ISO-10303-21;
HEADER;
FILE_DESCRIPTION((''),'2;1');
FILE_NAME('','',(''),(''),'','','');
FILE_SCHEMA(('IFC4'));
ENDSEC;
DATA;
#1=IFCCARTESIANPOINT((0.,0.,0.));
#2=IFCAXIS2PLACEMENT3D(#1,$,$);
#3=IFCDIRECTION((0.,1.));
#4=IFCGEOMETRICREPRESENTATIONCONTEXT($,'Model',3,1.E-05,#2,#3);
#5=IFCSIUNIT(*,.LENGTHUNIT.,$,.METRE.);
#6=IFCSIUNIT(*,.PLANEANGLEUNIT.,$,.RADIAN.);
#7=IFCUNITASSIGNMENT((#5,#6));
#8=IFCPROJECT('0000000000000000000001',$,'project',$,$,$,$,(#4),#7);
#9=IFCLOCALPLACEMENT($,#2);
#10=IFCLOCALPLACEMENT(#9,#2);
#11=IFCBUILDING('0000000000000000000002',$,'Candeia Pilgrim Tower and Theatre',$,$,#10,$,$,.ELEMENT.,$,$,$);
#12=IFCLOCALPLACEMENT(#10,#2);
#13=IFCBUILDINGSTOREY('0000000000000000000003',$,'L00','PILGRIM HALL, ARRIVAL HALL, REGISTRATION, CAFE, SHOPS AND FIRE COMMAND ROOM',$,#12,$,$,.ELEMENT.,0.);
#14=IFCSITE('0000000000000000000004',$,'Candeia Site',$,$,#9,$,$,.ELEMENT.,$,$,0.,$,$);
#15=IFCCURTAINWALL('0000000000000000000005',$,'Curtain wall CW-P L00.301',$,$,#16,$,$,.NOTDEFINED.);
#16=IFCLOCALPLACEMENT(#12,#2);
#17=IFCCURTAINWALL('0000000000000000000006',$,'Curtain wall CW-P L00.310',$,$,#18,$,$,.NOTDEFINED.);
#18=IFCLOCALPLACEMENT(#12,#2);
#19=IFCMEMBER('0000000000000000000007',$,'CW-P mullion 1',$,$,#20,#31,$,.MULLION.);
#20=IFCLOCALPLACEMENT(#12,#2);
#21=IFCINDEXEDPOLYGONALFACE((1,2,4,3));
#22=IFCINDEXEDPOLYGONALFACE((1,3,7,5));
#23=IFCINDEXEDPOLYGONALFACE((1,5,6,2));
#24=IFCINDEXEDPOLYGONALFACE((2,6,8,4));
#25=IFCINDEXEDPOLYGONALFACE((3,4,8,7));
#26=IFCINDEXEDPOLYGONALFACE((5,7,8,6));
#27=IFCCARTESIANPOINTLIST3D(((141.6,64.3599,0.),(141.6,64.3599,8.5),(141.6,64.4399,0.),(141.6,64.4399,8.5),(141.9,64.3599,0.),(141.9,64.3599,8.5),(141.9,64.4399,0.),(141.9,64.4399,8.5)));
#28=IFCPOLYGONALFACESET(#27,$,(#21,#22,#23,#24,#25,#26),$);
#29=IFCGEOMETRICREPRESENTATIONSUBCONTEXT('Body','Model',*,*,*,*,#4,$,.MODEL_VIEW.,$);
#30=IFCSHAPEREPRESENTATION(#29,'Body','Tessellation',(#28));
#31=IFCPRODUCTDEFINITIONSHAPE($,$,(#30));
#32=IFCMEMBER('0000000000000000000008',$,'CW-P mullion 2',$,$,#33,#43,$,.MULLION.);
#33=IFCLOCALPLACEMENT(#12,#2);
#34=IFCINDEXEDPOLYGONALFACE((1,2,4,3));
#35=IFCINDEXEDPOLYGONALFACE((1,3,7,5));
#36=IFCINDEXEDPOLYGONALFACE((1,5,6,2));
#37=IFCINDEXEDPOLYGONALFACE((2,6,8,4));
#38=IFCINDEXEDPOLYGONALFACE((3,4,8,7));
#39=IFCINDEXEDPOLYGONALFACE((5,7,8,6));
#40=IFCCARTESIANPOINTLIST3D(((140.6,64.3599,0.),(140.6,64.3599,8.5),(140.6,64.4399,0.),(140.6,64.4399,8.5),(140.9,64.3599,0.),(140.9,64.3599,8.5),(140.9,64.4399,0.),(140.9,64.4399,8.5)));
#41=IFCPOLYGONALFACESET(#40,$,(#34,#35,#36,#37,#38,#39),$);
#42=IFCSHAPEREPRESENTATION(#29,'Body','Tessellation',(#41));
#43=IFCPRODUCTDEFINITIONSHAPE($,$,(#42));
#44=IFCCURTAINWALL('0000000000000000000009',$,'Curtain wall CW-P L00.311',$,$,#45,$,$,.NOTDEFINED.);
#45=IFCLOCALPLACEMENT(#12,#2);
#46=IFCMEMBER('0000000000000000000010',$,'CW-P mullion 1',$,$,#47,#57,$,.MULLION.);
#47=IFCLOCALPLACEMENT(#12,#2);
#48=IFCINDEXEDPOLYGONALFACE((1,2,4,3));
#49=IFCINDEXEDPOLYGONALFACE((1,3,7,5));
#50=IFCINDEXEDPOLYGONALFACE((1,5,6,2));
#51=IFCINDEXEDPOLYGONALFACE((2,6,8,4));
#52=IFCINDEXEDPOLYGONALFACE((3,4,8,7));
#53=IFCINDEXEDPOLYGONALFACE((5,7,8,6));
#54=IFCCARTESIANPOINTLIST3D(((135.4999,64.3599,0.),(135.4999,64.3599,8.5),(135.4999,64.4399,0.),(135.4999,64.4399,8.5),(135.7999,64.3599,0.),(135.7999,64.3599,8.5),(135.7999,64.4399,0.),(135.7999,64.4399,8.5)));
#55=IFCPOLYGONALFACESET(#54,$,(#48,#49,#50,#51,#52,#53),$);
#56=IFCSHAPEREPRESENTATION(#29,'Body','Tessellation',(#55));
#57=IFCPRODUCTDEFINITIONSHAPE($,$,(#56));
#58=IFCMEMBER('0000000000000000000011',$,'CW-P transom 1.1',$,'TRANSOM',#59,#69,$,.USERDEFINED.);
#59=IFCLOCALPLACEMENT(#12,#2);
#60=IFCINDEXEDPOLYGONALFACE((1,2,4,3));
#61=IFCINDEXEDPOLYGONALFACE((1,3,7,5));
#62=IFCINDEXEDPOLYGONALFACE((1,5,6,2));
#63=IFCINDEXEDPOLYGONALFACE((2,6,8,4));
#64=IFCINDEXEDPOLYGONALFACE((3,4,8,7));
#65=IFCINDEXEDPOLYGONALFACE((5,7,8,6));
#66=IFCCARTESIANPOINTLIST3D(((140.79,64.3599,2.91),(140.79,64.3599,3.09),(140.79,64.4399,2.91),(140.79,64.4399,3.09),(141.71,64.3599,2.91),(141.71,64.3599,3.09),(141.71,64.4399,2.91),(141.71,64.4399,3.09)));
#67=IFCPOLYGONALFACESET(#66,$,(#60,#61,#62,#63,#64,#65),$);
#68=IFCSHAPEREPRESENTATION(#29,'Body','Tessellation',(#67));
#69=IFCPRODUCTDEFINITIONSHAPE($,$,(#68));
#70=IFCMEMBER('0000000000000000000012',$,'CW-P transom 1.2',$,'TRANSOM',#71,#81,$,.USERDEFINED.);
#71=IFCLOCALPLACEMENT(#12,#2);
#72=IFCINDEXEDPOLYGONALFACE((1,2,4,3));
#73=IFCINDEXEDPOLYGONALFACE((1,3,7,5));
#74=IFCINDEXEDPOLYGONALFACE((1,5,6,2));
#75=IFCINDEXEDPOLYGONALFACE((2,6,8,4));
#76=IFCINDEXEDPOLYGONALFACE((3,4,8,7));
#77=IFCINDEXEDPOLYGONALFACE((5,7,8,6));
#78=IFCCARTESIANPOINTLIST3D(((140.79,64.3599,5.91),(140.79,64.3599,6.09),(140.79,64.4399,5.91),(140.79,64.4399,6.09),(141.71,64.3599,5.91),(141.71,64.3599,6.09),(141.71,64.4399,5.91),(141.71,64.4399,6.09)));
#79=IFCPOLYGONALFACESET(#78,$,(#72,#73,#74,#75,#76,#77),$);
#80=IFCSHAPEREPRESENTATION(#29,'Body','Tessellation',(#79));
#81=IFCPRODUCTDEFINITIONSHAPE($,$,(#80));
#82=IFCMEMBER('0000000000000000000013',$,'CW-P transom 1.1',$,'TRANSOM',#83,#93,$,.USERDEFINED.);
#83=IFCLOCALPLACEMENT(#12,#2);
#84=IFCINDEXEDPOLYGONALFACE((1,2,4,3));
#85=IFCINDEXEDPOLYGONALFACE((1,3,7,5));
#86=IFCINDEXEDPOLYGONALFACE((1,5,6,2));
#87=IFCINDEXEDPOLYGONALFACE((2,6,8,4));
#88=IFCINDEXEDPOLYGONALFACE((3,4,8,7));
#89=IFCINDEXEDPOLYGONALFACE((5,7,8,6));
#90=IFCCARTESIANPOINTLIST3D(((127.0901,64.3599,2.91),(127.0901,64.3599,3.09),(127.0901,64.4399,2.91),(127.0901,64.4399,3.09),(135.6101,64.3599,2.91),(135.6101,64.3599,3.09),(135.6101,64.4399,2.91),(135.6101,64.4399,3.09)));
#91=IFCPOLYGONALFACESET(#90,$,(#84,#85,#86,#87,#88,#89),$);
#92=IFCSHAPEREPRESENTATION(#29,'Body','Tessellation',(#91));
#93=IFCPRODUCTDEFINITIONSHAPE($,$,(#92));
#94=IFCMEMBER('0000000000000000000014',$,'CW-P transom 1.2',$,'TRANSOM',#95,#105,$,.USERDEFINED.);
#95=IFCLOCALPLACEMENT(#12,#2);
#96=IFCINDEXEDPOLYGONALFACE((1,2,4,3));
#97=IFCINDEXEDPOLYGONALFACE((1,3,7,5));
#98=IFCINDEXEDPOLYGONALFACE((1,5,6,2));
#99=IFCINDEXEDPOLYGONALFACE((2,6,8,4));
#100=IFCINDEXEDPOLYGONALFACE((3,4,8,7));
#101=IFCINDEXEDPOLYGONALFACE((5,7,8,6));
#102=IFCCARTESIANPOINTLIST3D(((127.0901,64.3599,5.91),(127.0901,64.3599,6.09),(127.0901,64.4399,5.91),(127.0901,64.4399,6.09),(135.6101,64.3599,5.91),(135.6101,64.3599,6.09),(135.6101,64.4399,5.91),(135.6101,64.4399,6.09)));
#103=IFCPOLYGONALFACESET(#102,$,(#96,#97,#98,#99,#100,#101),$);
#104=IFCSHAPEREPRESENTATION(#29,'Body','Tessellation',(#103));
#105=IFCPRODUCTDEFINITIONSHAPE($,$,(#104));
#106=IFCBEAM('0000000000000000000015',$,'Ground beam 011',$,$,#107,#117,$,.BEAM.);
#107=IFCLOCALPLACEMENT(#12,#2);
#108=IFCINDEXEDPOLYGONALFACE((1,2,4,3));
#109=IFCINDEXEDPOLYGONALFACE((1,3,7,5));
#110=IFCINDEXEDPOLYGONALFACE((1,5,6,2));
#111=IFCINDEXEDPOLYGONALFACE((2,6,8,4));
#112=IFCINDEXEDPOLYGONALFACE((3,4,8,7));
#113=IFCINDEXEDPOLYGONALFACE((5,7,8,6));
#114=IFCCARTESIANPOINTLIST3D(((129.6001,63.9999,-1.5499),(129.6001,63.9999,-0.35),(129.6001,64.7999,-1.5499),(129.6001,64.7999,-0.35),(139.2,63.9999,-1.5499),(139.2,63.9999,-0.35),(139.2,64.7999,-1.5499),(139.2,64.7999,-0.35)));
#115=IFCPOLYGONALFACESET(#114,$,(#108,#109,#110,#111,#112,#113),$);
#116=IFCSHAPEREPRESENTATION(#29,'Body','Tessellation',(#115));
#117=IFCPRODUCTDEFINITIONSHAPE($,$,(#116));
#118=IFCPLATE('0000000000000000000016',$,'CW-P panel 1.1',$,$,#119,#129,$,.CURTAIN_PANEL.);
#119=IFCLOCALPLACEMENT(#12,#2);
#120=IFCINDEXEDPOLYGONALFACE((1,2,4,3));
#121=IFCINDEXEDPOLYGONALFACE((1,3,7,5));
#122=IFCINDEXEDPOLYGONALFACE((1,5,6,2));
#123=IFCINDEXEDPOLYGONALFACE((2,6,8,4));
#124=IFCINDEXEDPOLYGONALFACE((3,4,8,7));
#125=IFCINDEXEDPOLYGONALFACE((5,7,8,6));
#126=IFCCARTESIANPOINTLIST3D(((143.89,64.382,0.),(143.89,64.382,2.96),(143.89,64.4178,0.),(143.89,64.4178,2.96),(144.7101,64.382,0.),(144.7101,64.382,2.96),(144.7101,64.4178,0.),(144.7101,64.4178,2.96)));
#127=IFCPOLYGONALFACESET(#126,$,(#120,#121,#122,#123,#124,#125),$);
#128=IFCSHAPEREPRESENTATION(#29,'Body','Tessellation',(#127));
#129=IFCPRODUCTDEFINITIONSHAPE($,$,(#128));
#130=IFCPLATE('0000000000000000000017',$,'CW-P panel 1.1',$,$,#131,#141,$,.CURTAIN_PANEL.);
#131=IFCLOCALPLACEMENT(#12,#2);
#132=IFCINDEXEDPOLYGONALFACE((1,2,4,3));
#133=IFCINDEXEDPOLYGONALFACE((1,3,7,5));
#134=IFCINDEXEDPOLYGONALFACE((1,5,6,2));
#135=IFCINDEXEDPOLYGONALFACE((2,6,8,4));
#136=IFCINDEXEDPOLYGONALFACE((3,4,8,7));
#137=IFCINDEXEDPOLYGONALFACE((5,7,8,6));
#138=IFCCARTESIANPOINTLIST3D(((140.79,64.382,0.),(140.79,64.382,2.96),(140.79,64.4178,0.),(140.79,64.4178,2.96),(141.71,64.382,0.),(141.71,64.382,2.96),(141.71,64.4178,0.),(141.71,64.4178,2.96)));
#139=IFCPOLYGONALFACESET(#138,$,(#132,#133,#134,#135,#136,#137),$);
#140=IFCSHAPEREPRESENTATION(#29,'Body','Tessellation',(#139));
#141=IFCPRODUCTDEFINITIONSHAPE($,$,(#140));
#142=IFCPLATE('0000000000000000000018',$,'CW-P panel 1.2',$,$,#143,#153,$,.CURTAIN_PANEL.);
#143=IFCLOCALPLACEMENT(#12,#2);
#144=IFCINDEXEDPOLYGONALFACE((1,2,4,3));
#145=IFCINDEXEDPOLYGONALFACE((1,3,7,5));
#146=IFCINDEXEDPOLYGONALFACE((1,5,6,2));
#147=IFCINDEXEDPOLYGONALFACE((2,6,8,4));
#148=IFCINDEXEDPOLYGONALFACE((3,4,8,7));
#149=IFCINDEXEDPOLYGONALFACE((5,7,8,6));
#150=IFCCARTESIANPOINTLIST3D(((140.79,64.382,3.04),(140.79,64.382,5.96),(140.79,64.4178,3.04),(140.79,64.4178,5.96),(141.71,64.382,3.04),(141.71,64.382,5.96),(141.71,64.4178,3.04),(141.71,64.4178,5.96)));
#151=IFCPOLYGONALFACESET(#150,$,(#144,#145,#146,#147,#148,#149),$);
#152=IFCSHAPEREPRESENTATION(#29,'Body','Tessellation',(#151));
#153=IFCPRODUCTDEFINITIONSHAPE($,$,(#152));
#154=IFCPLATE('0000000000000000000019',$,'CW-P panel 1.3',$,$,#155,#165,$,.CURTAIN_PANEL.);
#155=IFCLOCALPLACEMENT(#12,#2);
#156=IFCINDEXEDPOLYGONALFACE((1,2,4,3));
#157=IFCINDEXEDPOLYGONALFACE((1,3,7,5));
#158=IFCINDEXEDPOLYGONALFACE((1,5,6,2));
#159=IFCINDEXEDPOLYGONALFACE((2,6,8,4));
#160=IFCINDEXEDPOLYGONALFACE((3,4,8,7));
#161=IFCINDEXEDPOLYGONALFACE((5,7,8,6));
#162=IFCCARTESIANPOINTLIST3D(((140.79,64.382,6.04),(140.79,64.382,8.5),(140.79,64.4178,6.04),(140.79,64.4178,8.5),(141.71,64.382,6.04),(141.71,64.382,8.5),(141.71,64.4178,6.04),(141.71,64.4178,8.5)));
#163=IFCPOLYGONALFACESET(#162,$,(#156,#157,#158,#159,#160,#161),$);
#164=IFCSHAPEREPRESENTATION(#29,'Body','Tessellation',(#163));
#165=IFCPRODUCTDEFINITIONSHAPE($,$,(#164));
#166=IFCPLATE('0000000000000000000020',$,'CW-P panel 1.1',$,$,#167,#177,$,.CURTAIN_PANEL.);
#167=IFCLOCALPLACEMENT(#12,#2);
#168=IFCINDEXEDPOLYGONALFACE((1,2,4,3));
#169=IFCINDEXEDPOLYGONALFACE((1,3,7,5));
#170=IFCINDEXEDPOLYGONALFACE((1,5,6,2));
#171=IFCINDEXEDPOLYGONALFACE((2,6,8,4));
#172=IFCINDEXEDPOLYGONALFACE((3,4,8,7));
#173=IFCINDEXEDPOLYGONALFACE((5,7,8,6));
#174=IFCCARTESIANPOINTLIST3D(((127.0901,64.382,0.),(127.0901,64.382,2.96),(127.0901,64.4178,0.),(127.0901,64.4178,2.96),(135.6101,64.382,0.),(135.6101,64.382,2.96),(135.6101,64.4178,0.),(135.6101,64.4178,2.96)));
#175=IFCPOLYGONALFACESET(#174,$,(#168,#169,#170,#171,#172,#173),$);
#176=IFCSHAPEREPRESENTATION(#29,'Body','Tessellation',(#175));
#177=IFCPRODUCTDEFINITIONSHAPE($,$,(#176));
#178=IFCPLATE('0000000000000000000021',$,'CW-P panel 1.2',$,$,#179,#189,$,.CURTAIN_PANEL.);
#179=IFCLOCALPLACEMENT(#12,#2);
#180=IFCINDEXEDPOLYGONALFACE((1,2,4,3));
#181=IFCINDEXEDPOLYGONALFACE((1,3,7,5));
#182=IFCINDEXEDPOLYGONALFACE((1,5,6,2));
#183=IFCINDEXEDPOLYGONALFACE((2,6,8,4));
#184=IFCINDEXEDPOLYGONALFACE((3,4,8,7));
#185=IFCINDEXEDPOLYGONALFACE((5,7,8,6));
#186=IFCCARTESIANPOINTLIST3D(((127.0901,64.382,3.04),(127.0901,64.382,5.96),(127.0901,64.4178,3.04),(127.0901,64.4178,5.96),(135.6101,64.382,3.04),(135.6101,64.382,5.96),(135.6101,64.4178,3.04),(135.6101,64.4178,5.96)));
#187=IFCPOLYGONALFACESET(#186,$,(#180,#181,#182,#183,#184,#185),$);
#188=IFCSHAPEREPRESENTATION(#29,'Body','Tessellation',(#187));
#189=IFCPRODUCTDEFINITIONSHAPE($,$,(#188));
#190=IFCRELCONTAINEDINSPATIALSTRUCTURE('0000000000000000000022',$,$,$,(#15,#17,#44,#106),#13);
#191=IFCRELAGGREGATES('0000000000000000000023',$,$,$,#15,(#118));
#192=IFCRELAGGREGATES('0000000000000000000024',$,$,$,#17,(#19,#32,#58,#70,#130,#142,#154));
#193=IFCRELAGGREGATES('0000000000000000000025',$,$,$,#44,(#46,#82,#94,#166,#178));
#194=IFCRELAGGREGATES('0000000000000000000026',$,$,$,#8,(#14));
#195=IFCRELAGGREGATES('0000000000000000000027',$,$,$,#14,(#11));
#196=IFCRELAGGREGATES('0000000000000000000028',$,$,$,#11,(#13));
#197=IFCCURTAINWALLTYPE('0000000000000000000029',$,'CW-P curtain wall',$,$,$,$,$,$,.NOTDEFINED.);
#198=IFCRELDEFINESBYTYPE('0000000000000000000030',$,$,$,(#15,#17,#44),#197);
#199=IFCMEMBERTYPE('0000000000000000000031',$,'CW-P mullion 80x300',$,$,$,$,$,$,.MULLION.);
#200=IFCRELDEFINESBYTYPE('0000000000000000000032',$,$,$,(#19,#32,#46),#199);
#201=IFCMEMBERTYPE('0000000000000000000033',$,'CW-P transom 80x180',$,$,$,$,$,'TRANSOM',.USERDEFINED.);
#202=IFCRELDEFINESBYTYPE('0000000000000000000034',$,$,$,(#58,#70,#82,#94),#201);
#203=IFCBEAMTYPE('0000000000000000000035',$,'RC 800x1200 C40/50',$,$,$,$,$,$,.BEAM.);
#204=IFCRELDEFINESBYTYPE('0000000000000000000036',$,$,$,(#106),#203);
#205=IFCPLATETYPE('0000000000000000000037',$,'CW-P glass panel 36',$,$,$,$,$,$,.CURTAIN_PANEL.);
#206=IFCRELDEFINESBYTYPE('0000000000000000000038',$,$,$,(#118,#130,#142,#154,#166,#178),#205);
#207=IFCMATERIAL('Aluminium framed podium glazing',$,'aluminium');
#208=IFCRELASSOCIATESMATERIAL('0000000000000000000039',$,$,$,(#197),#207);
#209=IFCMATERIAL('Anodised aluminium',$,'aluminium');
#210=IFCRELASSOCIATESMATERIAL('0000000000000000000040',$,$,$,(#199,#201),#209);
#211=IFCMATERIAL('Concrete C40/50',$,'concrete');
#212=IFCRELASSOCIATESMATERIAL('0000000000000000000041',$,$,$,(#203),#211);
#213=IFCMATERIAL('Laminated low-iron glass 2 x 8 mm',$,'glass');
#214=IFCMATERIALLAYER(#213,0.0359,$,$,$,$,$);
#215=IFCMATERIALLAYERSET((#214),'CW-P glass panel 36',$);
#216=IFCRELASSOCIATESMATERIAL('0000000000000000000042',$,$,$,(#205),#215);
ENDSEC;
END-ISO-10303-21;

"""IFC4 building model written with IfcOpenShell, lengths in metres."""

from ifc_helpers import new_model, si_unit, direction, frame, origin, origin_2d, place, context, subcontext, project, spatial, rectangle, extrude, material, layer, layer_set, material_profile, profile_set, type_object, element, aggregate, save


model = new_model("IFC4")

# Units and contexts
model_context = context("Model", 3, precision=1e-05, world=origin(), true_north=direction((0.0, 1.0)))
body_context = subcontext(model_context, "Body", "Model", "MODEL_VIEW")
ifc_project = project(units=[si_unit("LENGTHUNIT", "METRE"), si_unit("PLANEANGLEUNIT", "RADIAN")], contexts=[model_context])

# Site, building, storey
site_placement = place(None, origin())
site = spatial("IfcSite", under=ifc_project, at=site_placement, Name="Candeia Site", CompositionType="ELEMENT", RefElevation=0.0)
building_placement = place(site_placement, origin())
building = spatial("IfcBuilding", under=site, at=building_placement, Name="Candeia Pilgrim Tower and Theatre", CompositionType="ELEMENT")
storey_placement = place(building_placement, origin())
storey = spatial("IfcBuildingStorey", under=building, at=storey_placement, Name="L00", Description="PILGRIM HALL, ARRIVAL HALL, REGISTRATION, CAFE, SHOPS AND FIRE COMMAND ROOM", CompositionType="ELEMENT", Elevation=0.0)

# Shared definitions
ifc_material_1 = material(Name="Concrete C40/50", Category="concrete")

# Curtain wall
ifc_material_2 = material(Name="Aluminium framed podium glazing", Category="aluminium")
curtain_wall_type = type_object("IfcCurtainWallType", Name="CW-P curtain wall", PredefinedType="NOTDEFINED", material=ifc_material_2)
curtain_wall_1_placement = place(storey_placement, origin())
curtain_wall_1 = element("IfcCurtainWall", 1, at=curtain_wall_1_placement, inside=storey, type_object=curtain_wall_type, Name="Curtain wall CW-P L00.301", PredefinedType="NOTDEFINED")
ifc_material_3 = material(Name="Anodised aluminium", Category="aluminium")
ifc_material_profile_1 = material_profile(ifc_material_3, rectangle(XDim=0.0801, YDim=0.3, at=origin_2d()))
ifc_profile_set_1 = profile_set([ifc_material_profile_1], Name="Anodised aluminium")
member_type_1 = type_object("IfcMemberType", Name="CW-P mullion 80x300", PredefinedType="MULLION", material=ifc_profile_set_1)

# Curtain wall, members
curtain_wall_2_placement = place(storey_placement, origin())
curtain_wall_2 = element("IfcCurtainWall", 2, at=curtain_wall_2_placement, inside=storey, type_object=curtain_wall_type, Name="Curtain wall CW-P L00.310", PredefinedType="NOTDEFINED")
member_1_placement = place(storey_placement, frame((141.75, 64.3999, 0.0), z_axis=(0.0, 0.0, 1.0), x_axis=(0.0, -1.0, 0.0)))
member_1 = element("IfcMember", 3, at=member_1_placement, type_object=member_type_1, Name="CW-P mullion 1", PredefinedType="MULLION", context=body_context, shape_type="SweptSolid", body=[
    extrude(rectangle(XDim=0.0801, YDim=0.3, at=origin_2d()), origin(), (0.0, 0.0, 1.0), 8.5),
])
member_2_placement = place(storey_placement, frame((140.75, 64.3999, 0.0), z_axis=(0.0, 0.0, 1.0), x_axis=(0.0, -1.0, 0.0)))
member_2 = element("IfcMember", 4, at=member_2_placement, type_object=member_type_1, Name="CW-P mullion 2", PredefinedType="MULLION", context=body_context, shape_type="SweptSolid", body=[
    extrude(rectangle(XDim=0.0801, YDim=0.3, at=origin_2d()), origin(), (0.0, 0.0, 1.0), 8.5),
])

# Curtain wall, member
curtain_wall_3_placement = place(storey_placement, origin())
curtain_wall_3 = element("IfcCurtainWall", 5, at=curtain_wall_3_placement, inside=storey, type_object=curtain_wall_type, Name="Curtain wall CW-P L00.311", PredefinedType="NOTDEFINED")
member_3_placement = place(storey_placement, frame((135.6499, 64.3999, 0.0), z_axis=(0.0, 0.0, 1.0), x_axis=(0.0, -1.0, 0.0)))
member_3 = element("IfcMember", 6, at=member_3_placement, type_object=member_type_1, Name="CW-P mullion 1", PredefinedType="MULLION", context=body_context, shape_type="SweptSolid", body=[
    extrude(rectangle(XDim=0.0801, YDim=0.3, at=origin_2d()), origin(), (0.0, 0.0, 1.0), 8.5),
])

# Members
ifc_material_profile_2 = material_profile(ifc_material_3, rectangle(XDim=0.0801, YDim=0.1799, at=origin_2d()))
ifc_profile_set_2 = profile_set([ifc_material_profile_2], Name="Anodised aluminium")
member_type_2 = type_object("IfcMemberType", Name="CW-P transom 80x180", ElementType="TRANSOM", PredefinedType="USERDEFINED", material=ifc_profile_set_2)
member_4_placement = place(storey_placement, frame((141.71, 64.3999, 3.0), z_axis=(-1.0, 0.0, 0.0), x_axis=(0.0, -1.0, 0.0)))
member_4 = element("IfcMember", 7, at=member_4_placement, type_object=member_type_2, Name="CW-P transom 1.1", ObjectType="TRANSOM", PredefinedType="USERDEFINED", context=body_context, shape_type="SweptSolid", body=[
    extrude(rectangle(XDim=0.0801, YDim=0.1799, at=origin_2d()), origin(), (0.0, 0.0, 1.0), 0.9199),
])
member_5_placement = place(storey_placement, frame((141.71, 64.3999, 6.0), z_axis=(-1.0, 0.0, 0.0), x_axis=(0.0, -1.0, 0.0)))
member_5 = element("IfcMember", 8, at=member_5_placement, type_object=member_type_2, Name="CW-P transom 1.2", ObjectType="TRANSOM", PredefinedType="USERDEFINED", context=body_context, shape_type="SweptSolid", body=[
    extrude(rectangle(XDim=0.0801, YDim=0.1799, at=origin_2d()), origin(), (0.0, 0.0, 1.0), 0.9199),
])
member_6_placement = place(storey_placement, frame((135.6101, 64.3999, 3.0), z_axis=(-1.0, 0.0, 0.0), x_axis=(0.0, -1.0, 0.0)))
member_6 = element("IfcMember", 9, at=member_6_placement, type_object=member_type_2, Name="CW-P transom 1.1", ObjectType="TRANSOM", PredefinedType="USERDEFINED", context=body_context, shape_type="SweptSolid", body=[
    extrude(rectangle(XDim=0.0801, YDim=0.1799, at=origin_2d()), origin(), (0.0, 0.0, 1.0), 8.52),
])
member_7_placement = place(storey_placement, frame((135.6101, 64.3999, 6.0), z_axis=(-1.0, 0.0, 0.0), x_axis=(0.0, -1.0, 0.0)))
member_7 = element("IfcMember", 10, at=member_7_placement, type_object=member_type_2, Name="CW-P transom 1.2", ObjectType="TRANSOM", PredefinedType="USERDEFINED", context=body_context, shape_type="SweptSolid", body=[
    extrude(rectangle(XDim=0.0801, YDim=0.1799, at=origin_2d()), origin(), (0.0, 0.0, 1.0), 8.52),
])

# Beam
ifc_material_profile_3 = material_profile(ifc_material_1, rectangle(XDim=0.8, YDim=1.2, at=origin_2d()))
ifc_profile_set_3 = profile_set([ifc_material_profile_3], Name="Concrete C40/50")
beam_type = type_object("IfcBeamType", Name="RC 800x1200 C40/50", PredefinedType="BEAM", material=ifc_profile_set_3)
beam_placement = place(storey_placement, frame((129.6001, 64.3999, -0.95), z_axis=(1.0, 0.0, 0.0), x_axis=(0.0, 1.0, 0.0)))
element("IfcBeam", 11, at=beam_placement, inside=storey, type_object=beam_type, Name="Ground beam 011", PredefinedType="BEAM", context=body_context, shape_type="SweptSolid", body=[
    extrude(rectangle(XDim=0.8, YDim=1.2, at=origin_2d()), origin(), (0.0, 0.0, 1.0), 9.5999),
])

# Plates
ifc_material_4 = material(Name="Laminated low-iron glass 2 x 8 mm", Category="glass")
ifc_layer_1 = layer(ifc_material_4, 0.0359)
ifc_layer_set_1 = layer_set([ifc_layer_1], Name="CW-P glass panel 36")
plate_type = type_object("IfcPlateType", Name="CW-P glass panel 36", PredefinedType="CURTAIN_PANEL", material=ifc_layer_set_1)
plate_1_placement = place(storey_placement, frame((144.3, 64.3999, 0.0), z_axis=(0.0, 0.0, 1.0), x_axis=(-1.0, 0.0, 0.0)))
plate_1 = element("IfcPlate", 12, at=plate_1_placement, type_object=plate_type, Name="CW-P panel 1.1", PredefinedType="CURTAIN_PANEL", context=body_context, shape_type="SweptSolid", body=[
    extrude(rectangle(XDim=0.8201, YDim=0.0359, at=origin_2d()), origin(), (0.0, 0.0, 1.0), 2.96),
])
aggregate(curtain_wall_1, [plate_1])
plate_2_placement = place(storey_placement, frame((141.25, 64.3999, 0.0), z_axis=(0.0, 0.0, 1.0), x_axis=(-1.0, 0.0, 0.0)))
plate_2 = element("IfcPlate", 13, at=plate_2_placement, type_object=plate_type, Name="CW-P panel 1.1", PredefinedType="CURTAIN_PANEL", context=body_context, shape_type="SweptSolid", body=[
    extrude(rectangle(XDim=0.9199, YDim=0.0359, at=origin_2d()), origin(), (0.0, 0.0, 1.0), 2.96),
])
plate_3_placement = place(storey_placement, frame((141.25, 64.3999, 3.04), z_axis=(0.0, 0.0, 1.0), x_axis=(-1.0, 0.0, 0.0)))
plate_3 = element("IfcPlate", 14, at=plate_3_placement, type_object=plate_type, Name="CW-P panel 1.2", PredefinedType="CURTAIN_PANEL", context=body_context, shape_type="SweptSolid", body=[
    extrude(rectangle(XDim=0.9199, YDim=0.0359, at=origin_2d()), origin(), (0.0, 0.0, 1.0), 2.9199),
])
plate_4_placement = place(storey_placement, frame((141.25, 64.3999, 6.04), z_axis=(0.0, 0.0, 1.0), x_axis=(-1.0, 0.0, 0.0)))
plate_4 = element("IfcPlate", 15, at=plate_4_placement, type_object=plate_type, Name="CW-P panel 1.3", PredefinedType="CURTAIN_PANEL", context=body_context, shape_type="SweptSolid", body=[
    extrude(rectangle(XDim=0.9199, YDim=0.0359, at=origin_2d()), origin(), (0.0, 0.0, 1.0), 2.46),
])
aggregate(curtain_wall_2, [member_1, member_2, member_4, member_5, plate_2, plate_3, plate_4])
plate_5_placement = place(storey_placement, frame((131.3501, 64.3999, 0.0), z_axis=(0.0, 0.0, 1.0), x_axis=(-1.0, 0.0, 0.0)))
plate_5 = element("IfcPlate", 16, at=plate_5_placement, type_object=plate_type, Name="CW-P panel 1.1", PredefinedType="CURTAIN_PANEL", context=body_context, shape_type="SweptSolid", body=[
    extrude(rectangle(XDim=8.52, YDim=0.0359, at=origin_2d()), origin(), (0.0, 0.0, 1.0), 2.96),
])
plate_6_placement = place(storey_placement, frame((131.3501, 64.3999, 3.04), z_axis=(0.0, 0.0, 1.0), x_axis=(-1.0, 0.0, 0.0)))
plate_6 = element("IfcPlate", 17, at=plate_6_placement, type_object=plate_type, Name="CW-P panel 1.2", PredefinedType="CURTAIN_PANEL", context=body_context, shape_type="SweptSolid", body=[
    extrude(rectangle(XDim=8.52, YDim=0.0359, at=origin_2d()), origin(), (0.0, 0.0, 1.0), 2.9199),
])
aggregate(curtain_wall_3, [member_3, member_6, member_7, plate_5, plate_6])

save(model, "model.ifc")
